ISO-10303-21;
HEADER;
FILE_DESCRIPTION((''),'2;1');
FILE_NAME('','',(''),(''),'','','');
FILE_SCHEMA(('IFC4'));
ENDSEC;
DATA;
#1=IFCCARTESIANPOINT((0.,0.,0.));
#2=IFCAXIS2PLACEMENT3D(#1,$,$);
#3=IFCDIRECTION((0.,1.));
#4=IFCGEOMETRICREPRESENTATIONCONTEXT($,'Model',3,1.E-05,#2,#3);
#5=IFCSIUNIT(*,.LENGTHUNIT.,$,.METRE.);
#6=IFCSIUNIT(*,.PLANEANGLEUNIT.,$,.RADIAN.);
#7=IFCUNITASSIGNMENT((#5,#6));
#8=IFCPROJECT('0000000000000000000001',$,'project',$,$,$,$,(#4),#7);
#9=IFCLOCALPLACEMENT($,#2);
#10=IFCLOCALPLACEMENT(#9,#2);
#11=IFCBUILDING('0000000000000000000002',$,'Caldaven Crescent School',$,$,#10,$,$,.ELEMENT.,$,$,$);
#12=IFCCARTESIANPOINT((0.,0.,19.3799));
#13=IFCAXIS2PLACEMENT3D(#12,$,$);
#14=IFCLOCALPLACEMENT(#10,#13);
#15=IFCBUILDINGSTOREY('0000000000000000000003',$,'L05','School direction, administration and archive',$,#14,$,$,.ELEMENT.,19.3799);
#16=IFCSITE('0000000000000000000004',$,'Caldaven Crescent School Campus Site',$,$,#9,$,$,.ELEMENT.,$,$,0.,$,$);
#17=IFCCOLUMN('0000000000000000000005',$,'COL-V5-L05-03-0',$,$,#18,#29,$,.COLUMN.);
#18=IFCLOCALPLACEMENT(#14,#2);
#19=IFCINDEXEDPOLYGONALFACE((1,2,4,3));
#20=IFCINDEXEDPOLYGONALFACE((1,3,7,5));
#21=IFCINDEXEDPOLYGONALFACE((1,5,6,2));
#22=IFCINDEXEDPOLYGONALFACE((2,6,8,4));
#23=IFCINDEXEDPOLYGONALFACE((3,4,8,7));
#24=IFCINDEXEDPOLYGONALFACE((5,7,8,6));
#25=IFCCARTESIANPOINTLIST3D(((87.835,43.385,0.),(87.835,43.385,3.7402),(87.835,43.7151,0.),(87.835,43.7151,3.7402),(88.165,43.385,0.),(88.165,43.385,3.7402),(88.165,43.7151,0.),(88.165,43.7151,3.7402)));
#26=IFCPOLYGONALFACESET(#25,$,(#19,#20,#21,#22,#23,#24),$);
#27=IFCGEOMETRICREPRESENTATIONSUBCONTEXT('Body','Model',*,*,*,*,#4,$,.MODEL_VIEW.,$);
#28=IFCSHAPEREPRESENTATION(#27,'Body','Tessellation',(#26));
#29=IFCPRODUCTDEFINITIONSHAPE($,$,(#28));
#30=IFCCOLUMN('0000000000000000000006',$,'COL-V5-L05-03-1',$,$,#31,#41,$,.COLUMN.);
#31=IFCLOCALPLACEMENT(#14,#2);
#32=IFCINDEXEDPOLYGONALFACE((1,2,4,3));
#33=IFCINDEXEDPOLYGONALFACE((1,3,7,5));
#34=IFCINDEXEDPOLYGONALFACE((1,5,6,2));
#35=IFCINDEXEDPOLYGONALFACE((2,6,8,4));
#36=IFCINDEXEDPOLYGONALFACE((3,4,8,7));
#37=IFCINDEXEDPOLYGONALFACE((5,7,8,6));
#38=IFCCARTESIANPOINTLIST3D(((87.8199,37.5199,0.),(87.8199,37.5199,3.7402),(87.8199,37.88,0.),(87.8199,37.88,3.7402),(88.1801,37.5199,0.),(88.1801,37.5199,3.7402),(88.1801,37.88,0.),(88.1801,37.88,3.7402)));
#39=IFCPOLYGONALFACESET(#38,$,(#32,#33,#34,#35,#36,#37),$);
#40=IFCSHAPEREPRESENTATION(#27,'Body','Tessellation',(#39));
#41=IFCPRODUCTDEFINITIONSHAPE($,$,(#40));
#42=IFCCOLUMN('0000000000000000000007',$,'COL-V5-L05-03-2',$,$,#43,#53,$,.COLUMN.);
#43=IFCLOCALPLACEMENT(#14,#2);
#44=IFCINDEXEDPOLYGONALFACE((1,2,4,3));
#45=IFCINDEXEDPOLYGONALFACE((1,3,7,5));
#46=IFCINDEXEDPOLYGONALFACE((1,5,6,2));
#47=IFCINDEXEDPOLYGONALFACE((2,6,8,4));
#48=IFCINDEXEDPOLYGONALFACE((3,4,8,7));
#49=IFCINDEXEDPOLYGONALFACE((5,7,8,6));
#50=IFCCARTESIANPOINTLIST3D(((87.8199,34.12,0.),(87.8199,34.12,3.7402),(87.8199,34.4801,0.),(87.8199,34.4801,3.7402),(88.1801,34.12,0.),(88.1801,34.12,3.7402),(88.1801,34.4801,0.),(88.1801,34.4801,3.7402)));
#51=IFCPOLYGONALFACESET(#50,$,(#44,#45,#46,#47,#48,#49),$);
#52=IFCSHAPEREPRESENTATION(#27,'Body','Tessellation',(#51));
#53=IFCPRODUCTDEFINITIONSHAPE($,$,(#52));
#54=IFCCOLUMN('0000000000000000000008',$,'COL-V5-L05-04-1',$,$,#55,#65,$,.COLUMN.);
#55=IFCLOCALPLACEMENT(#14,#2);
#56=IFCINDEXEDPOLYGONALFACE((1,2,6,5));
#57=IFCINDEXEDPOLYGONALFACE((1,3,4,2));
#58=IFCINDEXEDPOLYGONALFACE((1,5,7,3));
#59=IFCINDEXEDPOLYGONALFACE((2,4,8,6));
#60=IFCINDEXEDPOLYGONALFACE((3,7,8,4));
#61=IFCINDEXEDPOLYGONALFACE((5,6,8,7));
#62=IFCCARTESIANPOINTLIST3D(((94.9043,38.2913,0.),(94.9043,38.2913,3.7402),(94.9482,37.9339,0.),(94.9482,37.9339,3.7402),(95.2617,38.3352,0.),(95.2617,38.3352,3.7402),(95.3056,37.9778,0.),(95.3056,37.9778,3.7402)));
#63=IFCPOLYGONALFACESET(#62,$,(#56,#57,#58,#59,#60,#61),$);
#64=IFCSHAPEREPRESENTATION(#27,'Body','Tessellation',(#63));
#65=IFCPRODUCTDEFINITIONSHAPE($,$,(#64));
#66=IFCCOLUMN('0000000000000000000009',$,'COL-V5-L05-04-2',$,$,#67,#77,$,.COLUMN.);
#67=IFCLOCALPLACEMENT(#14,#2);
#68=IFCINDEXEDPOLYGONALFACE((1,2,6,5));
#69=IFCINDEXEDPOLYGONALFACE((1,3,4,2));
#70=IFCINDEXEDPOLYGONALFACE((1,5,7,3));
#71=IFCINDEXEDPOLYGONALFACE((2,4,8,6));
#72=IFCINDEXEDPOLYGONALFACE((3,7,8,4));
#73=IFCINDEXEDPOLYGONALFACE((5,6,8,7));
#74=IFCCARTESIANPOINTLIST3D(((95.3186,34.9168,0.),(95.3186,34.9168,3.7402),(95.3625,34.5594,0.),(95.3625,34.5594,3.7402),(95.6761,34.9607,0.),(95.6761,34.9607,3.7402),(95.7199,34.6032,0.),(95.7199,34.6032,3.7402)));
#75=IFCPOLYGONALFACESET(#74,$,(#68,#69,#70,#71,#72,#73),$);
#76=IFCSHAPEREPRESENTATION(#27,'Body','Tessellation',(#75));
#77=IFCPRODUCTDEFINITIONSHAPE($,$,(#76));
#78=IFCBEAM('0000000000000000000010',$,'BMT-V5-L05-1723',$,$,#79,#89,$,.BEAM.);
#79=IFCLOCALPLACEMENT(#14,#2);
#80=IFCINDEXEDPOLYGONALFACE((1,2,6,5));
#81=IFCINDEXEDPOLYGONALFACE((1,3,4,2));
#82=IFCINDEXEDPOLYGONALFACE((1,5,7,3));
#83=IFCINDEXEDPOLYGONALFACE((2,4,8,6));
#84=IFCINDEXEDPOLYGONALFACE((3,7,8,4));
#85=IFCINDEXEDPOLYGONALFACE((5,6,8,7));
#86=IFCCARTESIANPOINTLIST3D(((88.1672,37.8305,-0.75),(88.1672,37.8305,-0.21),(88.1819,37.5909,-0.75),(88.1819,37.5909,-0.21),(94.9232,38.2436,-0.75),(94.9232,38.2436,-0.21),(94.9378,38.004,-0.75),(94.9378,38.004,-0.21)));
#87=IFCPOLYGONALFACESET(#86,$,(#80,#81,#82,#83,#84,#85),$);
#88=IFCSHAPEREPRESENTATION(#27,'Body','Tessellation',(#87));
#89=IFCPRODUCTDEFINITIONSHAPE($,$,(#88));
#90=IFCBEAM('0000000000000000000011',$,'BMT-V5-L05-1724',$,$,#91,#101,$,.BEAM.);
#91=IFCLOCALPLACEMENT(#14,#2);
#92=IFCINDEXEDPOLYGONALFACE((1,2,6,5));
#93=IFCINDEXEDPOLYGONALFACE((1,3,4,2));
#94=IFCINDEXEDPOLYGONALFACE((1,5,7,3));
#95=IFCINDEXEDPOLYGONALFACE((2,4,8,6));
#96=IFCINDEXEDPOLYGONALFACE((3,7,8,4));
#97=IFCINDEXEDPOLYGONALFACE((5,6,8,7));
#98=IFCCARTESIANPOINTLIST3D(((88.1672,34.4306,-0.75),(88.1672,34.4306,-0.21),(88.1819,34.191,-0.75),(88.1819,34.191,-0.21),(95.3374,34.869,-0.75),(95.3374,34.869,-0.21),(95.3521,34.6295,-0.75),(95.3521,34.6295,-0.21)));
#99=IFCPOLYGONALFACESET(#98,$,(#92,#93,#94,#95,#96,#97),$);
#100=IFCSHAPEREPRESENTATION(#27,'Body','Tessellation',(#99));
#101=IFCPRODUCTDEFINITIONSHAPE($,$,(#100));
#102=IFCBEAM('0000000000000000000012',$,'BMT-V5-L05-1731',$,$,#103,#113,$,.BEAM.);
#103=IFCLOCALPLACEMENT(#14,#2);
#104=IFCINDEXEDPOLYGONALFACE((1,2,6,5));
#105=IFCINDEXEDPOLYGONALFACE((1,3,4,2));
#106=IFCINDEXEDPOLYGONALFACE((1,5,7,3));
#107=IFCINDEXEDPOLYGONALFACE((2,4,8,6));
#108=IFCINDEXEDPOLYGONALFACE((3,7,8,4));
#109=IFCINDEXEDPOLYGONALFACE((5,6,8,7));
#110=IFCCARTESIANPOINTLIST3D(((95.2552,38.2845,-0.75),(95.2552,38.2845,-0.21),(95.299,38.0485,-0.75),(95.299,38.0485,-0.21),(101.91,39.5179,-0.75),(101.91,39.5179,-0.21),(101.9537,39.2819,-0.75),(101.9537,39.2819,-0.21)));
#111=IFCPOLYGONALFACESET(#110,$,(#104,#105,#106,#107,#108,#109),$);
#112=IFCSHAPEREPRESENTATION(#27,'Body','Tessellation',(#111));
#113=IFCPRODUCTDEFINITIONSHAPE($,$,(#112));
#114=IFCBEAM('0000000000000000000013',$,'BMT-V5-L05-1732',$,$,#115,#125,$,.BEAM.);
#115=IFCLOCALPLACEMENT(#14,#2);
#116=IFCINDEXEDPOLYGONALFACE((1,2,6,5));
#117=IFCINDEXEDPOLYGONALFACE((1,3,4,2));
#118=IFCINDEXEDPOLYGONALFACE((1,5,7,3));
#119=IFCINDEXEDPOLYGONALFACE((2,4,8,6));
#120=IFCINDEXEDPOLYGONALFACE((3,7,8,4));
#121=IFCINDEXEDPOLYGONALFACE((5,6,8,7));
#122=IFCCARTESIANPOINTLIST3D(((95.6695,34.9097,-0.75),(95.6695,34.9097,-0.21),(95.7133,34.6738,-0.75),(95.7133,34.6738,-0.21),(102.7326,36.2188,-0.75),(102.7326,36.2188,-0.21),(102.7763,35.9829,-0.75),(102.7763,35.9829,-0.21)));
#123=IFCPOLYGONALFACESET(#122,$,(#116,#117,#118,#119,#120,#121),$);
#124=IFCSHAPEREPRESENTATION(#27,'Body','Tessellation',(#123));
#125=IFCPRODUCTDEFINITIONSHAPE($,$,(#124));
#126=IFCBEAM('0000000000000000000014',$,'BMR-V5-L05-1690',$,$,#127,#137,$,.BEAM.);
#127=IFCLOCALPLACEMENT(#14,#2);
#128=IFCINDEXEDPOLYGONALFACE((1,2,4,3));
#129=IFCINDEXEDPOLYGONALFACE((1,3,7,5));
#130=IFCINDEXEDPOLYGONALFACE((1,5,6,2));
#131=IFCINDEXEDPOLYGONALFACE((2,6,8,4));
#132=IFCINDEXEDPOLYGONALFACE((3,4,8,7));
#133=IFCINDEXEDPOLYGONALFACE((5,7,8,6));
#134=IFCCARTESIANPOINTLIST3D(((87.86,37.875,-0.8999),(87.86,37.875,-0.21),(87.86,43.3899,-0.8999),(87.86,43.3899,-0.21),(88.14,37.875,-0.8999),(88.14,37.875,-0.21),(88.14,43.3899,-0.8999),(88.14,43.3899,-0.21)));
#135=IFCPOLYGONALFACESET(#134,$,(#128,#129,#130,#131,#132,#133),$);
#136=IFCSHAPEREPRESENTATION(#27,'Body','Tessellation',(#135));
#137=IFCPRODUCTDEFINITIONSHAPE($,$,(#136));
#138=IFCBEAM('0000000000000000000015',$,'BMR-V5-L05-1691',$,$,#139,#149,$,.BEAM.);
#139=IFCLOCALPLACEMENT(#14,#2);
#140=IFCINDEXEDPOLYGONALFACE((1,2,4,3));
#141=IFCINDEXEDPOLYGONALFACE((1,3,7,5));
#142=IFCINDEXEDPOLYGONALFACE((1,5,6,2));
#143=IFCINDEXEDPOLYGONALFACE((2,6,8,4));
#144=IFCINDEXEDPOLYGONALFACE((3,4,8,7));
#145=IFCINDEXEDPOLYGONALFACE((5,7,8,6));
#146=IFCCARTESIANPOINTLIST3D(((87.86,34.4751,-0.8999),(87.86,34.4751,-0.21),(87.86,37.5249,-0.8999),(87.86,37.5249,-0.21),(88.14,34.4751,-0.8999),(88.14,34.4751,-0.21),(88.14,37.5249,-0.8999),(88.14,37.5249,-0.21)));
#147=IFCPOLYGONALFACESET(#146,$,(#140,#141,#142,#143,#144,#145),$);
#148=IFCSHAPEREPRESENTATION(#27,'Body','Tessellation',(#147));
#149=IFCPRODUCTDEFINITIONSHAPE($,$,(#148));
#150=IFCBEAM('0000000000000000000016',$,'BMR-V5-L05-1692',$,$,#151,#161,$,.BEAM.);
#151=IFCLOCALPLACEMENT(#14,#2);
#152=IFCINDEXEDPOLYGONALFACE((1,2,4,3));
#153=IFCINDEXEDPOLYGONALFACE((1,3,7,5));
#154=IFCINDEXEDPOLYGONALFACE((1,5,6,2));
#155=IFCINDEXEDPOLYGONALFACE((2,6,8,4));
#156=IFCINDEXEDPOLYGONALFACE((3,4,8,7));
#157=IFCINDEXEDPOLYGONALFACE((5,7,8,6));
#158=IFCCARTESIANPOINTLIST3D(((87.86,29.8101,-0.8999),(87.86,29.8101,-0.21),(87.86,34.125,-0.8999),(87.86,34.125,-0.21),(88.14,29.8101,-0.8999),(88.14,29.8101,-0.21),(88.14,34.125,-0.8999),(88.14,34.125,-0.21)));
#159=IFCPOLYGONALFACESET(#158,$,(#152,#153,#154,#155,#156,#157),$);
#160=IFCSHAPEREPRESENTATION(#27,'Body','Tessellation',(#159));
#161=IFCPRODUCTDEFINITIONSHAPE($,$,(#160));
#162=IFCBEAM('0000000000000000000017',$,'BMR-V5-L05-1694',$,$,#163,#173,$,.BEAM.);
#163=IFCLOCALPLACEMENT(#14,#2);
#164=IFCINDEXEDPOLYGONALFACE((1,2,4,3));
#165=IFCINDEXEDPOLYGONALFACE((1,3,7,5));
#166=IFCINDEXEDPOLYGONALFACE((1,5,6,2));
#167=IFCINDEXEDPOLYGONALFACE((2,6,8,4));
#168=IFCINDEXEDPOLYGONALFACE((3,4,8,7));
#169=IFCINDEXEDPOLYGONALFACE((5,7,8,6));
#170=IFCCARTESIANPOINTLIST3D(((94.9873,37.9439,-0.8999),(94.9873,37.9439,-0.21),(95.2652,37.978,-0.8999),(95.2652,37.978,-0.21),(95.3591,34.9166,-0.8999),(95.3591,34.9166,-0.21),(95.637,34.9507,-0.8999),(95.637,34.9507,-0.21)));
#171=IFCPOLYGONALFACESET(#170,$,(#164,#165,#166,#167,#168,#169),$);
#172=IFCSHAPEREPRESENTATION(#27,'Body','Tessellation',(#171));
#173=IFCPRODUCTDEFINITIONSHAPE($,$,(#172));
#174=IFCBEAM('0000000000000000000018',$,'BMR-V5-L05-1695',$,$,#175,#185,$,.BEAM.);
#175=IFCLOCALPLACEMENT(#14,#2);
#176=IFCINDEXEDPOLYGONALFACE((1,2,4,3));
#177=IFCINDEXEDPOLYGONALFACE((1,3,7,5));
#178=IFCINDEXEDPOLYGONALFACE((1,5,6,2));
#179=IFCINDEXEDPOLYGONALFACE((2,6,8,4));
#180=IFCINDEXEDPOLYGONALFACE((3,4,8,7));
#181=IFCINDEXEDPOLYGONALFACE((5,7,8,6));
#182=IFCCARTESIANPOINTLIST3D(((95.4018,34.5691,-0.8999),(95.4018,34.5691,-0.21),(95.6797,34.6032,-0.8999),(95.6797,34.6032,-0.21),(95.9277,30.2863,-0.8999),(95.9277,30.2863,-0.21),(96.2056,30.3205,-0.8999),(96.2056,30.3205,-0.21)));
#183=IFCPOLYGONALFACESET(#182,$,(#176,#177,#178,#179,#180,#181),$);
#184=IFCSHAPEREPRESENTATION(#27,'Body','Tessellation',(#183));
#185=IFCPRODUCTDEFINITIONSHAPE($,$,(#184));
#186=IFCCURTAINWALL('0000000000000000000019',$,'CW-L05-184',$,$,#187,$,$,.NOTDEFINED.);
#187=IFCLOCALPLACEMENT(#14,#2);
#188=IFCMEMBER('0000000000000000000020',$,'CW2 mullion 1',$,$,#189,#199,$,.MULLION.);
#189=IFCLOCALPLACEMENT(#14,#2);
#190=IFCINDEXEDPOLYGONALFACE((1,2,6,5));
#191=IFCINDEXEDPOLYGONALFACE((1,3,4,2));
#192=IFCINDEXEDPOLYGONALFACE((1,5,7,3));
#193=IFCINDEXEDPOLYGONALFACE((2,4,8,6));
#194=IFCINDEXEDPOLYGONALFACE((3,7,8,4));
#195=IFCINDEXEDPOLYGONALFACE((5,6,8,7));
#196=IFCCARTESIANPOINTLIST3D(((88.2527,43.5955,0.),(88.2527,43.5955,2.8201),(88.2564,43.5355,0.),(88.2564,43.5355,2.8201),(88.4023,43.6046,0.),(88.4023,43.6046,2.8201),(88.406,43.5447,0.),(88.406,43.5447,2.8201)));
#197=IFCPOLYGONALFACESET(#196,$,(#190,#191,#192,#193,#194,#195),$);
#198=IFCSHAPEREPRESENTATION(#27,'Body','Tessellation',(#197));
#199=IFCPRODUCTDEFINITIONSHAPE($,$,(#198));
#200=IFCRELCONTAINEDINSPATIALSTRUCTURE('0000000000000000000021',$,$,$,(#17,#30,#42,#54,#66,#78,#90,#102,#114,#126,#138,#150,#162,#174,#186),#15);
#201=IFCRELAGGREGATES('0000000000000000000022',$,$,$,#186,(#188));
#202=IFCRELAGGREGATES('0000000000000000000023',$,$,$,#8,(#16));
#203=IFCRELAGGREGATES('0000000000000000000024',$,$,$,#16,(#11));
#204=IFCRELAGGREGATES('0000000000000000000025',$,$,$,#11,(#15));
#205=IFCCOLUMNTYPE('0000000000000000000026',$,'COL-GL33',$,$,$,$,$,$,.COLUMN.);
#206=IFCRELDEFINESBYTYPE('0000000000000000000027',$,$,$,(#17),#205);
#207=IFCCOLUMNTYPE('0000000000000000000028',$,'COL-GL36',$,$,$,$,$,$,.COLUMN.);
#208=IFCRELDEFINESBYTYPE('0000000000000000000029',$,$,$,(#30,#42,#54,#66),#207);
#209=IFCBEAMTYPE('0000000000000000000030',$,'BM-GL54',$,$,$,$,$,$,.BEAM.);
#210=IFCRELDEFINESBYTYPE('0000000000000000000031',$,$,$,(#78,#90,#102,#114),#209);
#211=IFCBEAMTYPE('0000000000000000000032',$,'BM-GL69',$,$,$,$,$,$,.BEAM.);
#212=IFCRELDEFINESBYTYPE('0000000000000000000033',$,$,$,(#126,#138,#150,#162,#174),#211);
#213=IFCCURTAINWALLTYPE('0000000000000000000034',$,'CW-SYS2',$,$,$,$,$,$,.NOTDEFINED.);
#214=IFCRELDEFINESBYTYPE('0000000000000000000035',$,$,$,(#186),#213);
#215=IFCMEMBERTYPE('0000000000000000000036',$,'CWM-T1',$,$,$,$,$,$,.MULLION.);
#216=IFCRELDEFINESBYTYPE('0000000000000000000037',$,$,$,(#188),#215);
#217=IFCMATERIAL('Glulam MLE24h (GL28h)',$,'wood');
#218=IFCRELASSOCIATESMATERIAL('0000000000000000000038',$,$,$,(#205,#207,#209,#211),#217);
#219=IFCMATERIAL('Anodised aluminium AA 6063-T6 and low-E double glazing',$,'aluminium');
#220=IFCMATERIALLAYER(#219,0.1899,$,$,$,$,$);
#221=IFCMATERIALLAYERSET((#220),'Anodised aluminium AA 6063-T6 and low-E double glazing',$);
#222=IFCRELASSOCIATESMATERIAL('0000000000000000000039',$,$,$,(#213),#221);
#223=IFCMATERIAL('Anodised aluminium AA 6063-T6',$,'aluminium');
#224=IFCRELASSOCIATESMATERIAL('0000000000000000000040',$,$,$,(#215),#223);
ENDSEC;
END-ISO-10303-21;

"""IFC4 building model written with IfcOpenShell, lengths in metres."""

from ifc_helpers import new_model, si_unit, direction, frame, origin, origin_2d, place, context, subcontext, project, spatial, rectangle, extrude, material, layer, layer_set, material_profile, profile_set, type_object, element, aggregate, save


model = new_model("IFC4")

# Units and contexts
model_context = context("Model", 3, precision=1e-05, world=origin(), true_north=direction((0.0, 1.0)))
body_context = subcontext(model_context, "Body", "Model", "MODEL_VIEW")
ifc_project = project(units=[si_unit("LENGTHUNIT", "METRE"), si_unit("PLANEANGLEUNIT", "RADIAN")], contexts=[model_context])

# Site, building, storey
site_placement = place(None, origin())
site = spatial("IfcSite", under=ifc_project, at=site_placement, Name="Caldaven Crescent School Campus Site", CompositionType="ELEMENT", RefElevation=0.0)
building_placement = place(site_placement, origin())
building = spatial("IfcBuilding", under=site, at=building_placement, Name="Caldaven Crescent School", CompositionType="ELEMENT")
storey_placement = place(building_placement, frame((0.0, 0.0, 19.3799)))
storey = spatial("IfcBuildingStorey", under=building, at=storey_placement, Name="L05", Description="School direction, administration and archive", CompositionType="ELEMENT", Elevation=19.3799)

# Columns
ifc_material_1 = material(Name="Glulam MLE24h (GL28h)", Category="wood")
ifc_material_profile_1 = material_profile(ifc_material_1, rectangle(XDim=0.3301, YDim=0.3301, at=origin_2d()), Name="MLE 330x330")
ifc_profile_set_1 = profile_set([ifc_material_profile_1], Name="Glulam MLE24h (GL28h)")
column_type_1 = type_object("IfcColumnType", Name="COL-GL33", PredefinedType="COLUMN", material=ifc_profile_set_1)
column_placement = place(storey_placement, frame((88.0, 43.55, 0.0), z_axis=(0.0, 0.0, 1.0), x_axis=(0.0, -1.0, 0.0)))
element("IfcColumn", 1, at=column_placement, inside=storey, type_object=column_type_1, Name="COL-V5-L05-03-0", PredefinedType="COLUMN", context=body_context, shape_type="SweptSolid", body=[
    extrude(rectangle(XDim=0.3301, YDim=0.3301, at=origin_2d()), origin(), (0.0, 0.0, 1.0), 3.7402),
])
ifc_material_profile_2 = material_profile(ifc_material_1, rectangle(XDim=0.3601, YDim=0.3601, at=origin_2d()), Name="MLE 360x360")
ifc_profile_set_2 = profile_set([ifc_material_profile_2], Name="Glulam MLE24h (GL28h)")
column_type_2 = type_object("IfcColumnType", Name="COL-GL36", PredefinedType="COLUMN", material=ifc_profile_set_2)
for number, where, z_axis, x_axis, name in (
    (2, (88.0, 37.7, 0.0), (0.0, 0.0, 1.0), (0.0, -1.0, 0.0), "COL-V5-L05-03-1"),
    (3, (88.0, 34.3, 0.0), (0.0, 0.0, 1.0), (0.0, -1.0, 0.0), "COL-V5-L05-03-2"),
    (4, (95.105, 38.1345, 0.0), (0.0, 0.0, 1.0), (0.121869, -0.992546, 0.0), "COL-V5-L05-04-1"),
    (5, (95.5193, 34.76, 0.0), (0.0, 0.0, 1.0), (0.121869, -0.992546, 0.0), "COL-V5-L05-04-2"),
):
    element("IfcColumn", number, at=place(storey_placement, frame(where, z_axis=z_axis, x_axis=x_axis)), inside=storey, type_object=column_type_2, Name=name, PredefinedType="COLUMN", context=body_context, shape_type="SweptSolid", body=[
        extrude(rectangle(XDim=0.3601, YDim=0.3601, at=origin_2d()), origin(), (0.0, 0.0, 1.0), 3.7402),
    ])

# Beams
ifc_material_profile_3 = material_profile(ifc_material_1, rectangle(XDim=0.24, YDim=0.54, at=origin_2d()), Name="MLE 240x540")
ifc_profile_set_3 = profile_set([ifc_material_profile_3], Name="Glulam MLE24h (GL28h)")
beam_type_1 = type_object("IfcBeamType", Name="BM-GL54", PredefinedType="BEAM", material=ifc_profile_set_3)
beam_1_placement = place(storey_placement, frame((88.1746, 37.7107, -0.48), z_axis=(0.998136, 0.061031, 0.0), x_axis=(-0.061031, 0.998136, 0.0)))
element("IfcBeam", 6, at=beam_1_placement, inside=storey, type_object=beam_type_1, Name="BMT-V5-L05-1723", PredefinedType="BEAM", context=body_context, shape_type="SweptSolid", body=[
    extrude(rectangle(XDim=0.24, YDim=0.54, at=origin_2d()), origin(), (0.0, 0.0, 1.0), 6.7686),
])
beam_2_placement = place(storey_placement, frame((88.1746, 34.3108, -0.48), z_axis=(0.998135, 0.061039, 0.0), x_axis=(-0.061039, 0.998135, 0.0)))
element("IfcBeam", 7, at=beam_2_placement, inside=storey, type_object=beam_type_1, Name="BMT-V5-L05-1724", PredefinedType="BEAM", context=body_context, shape_type="SweptSolid", body=[
    extrude(rectangle(XDim=0.24, YDim=0.54, at=origin_2d()), origin(), (0.0, 0.0, 1.0), 7.1836),
])
beam_3_placement = place(storey_placement, frame((95.2771, 38.1665, -0.48), z_axis=(0.983255, 0.182237, 0.0), x_axis=(-0.182237, 0.983255, 0.0)))
element("IfcBeam", 8, at=beam_3_placement, inside=storey, type_object=beam_type_1, Name="BMT-V5-L05-1731", PredefinedType="BEAM", context=body_context, shape_type="SweptSolid", body=[
    extrude(rectangle(XDim=0.24, YDim=0.54, at=origin_2d()), origin(), (0.0, 0.0, 1.0), 6.7681),
])
beam_4_placement = place(storey_placement, frame((95.6914, 34.7917, -0.48), z_axis=(0.983254, 0.18224, 0.0), x_axis=(-0.18224, 0.983254, 0.0)))
element("IfcBeam", 9, at=beam_4_placement, inside=storey, type_object=beam_type_1, Name="BMT-V5-L05-1732", PredefinedType="BEAM", context=body_context, shape_type="SweptSolid", body=[
    extrude(rectangle(XDim=0.24, YDim=0.54, at=origin_2d()), origin(), (0.0, 0.0, 1.0), 7.1833),
])
ifc_material_profile_4 = material_profile(ifc_material_1, rectangle(XDim=0.28, YDim=0.6899, at=origin_2d()), Name="MLE 280x690")
ifc_profile_set_4 = profile_set([ifc_material_profile_4], Name="Glulam MLE24h (GL28h)")
beam_type_2 = type_object("IfcBeamType", Name="BM-GL69", PredefinedType="BEAM", material=ifc_profile_set_4)
beam_5_placement = place(storey_placement, frame((88.0, 43.3899, -0.5549), z_axis=(0.0, -1.0, 0.0), x_axis=(1.0, 0.0, 0.0)))
element("IfcBeam", 10, at=beam_5_placement, inside=storey, type_object=beam_type_2, Name="BMR-V5-L05-1690", PredefinedType="BEAM", context=body_context, shape_type="SweptSolid", body=[
    extrude(rectangle(XDim=0.28, YDim=0.6899, at=origin_2d()), origin(), (0.0, 0.0, 1.0), 5.5149),
])
beam_6_placement = place(storey_placement, frame((88.0, 37.5249, -0.5549), z_axis=(0.0, -1.0, 0.0), x_axis=(1.0, 0.0, 0.0)))
element("IfcBeam", 11, at=beam_6_placement, inside=storey, type_object=beam_type_2, Name="BMR-V5-L05-1691", PredefinedType="BEAM", context=body_context, shape_type="SweptSolid", body=[
    extrude(rectangle(XDim=0.28, YDim=0.6899, at=origin_2d()), origin(), (0.0, 0.0, 1.0), 3.0498),
])
beam_7_placement = place(storey_placement, frame((88.0, 34.125, -0.5549), z_axis=(0.0, -1.0, 0.0), x_axis=(1.0, 0.0, 0.0)))
element("IfcBeam", 12, at=beam_7_placement, inside=storey, type_object=beam_type_2, Name="BMR-V5-L05-1692", PredefinedType="BEAM", context=body_context, shape_type="SweptSolid", body=[
    extrude(rectangle(XDim=0.28, YDim=0.6899, at=origin_2d()), origin(), (0.0, 0.0, 1.0), 4.3149),
])
beam_8_placement = place(storey_placement, frame((95.1262, 37.9609, -0.5549), z_axis=(0.121907, -0.992542, 0.0), x_axis=(0.992542, 0.121907, 0.0)))
element("IfcBeam", 13, at=beam_8_placement, inside=storey, type_object=beam_type_2, Name="BMR-V5-L05-1694", PredefinedType="BEAM", context=body_context, shape_type="SweptSolid", body=[
    extrude(rectangle(XDim=0.28, YDim=0.6899, at=origin_2d()), origin(), (0.0, 0.0, 1.0), 3.05),
])
beam_9_placement = place(storey_placement, frame((95.5408, 34.5862, -0.5549), z_axis=(0.121876, -0.992545, 0.0), x_axis=(0.992545, 0.121876, 0.0)))
element("IfcBeam", 14, at=beam_9_placement, inside=storey, type_object=beam_type_2, Name="BMR-V5-L05-1695", PredefinedType="BEAM", context=body_context, shape_type="SweptSolid", body=[
    extrude(rectangle(XDim=0.28, YDim=0.6899, at=origin_2d()), origin(), (0.0, 0.0, 1.0), 4.3149),
])

# Curtain wall, member
ifc_material_2 = material(Name="Anodised aluminium AA 6063-T6 and low-E double glazing", Category="aluminium")
ifc_layer_1 = layer(ifc_material_2, 0.1899)
ifc_layer_set_1 = layer_set([ifc_layer_1], Name="Anodised aluminium AA 6063-T6 and low-E double glazing")
curtain_wall_type_1 = type_object("IfcCurtainWallType", Name="CW-SYS2", PredefinedType="NOTDEFINED", material=ifc_layer_set_1)
curtain_wall_1_placement = place(storey_placement, origin())
curtain_wall_1 = element("IfcCurtainWall", 15, at=curtain_wall_1_placement, inside=storey, type_object=curtain_wall_type_1, Name="CW-L05-184", PredefinedType="NOTDEFINED")
ifc_material_3 = material(Name="Anodised aluminium AA 6063-T6", Category="aluminium")
ifc_material_profile_5 = material_profile(ifc_material_3, rectangle(XDim=0.0601, YDim=0.1499, at=origin_2d()), Name="CWM 60x150")
ifc_profile_set_5 = profile_set([ifc_material_profile_5], Name="Anodised aluminium AA 6063-T6")
member_type_1 = type_object("IfcMemberType", Name="CWM-T1", PredefinedType="MULLION", material=ifc_profile_set_5)
member_1_placement = place(storey_placement, frame((88.3293, 43.5701, 0.0), z_axis=(0.0, 0.0, 1.0), x_axis=(-0.061049, 0.998135, 0.0)))
member_1 = element("IfcMember", 16, at=member_1_placement, type_object=member_type_1, Name="CW2 mullion 1", PredefinedType="MULLION", context=body_context, shape_type="SweptSolid", body=[
    extrude(rectangle(XDim=0.0601, YDim=0.1499, at=origin_2d()), origin(), (0.0, 0.0, 1.0), 2.8201),
])

aggregate(curtain_wall_1, [member_1])

save(model, "model.ifc")
